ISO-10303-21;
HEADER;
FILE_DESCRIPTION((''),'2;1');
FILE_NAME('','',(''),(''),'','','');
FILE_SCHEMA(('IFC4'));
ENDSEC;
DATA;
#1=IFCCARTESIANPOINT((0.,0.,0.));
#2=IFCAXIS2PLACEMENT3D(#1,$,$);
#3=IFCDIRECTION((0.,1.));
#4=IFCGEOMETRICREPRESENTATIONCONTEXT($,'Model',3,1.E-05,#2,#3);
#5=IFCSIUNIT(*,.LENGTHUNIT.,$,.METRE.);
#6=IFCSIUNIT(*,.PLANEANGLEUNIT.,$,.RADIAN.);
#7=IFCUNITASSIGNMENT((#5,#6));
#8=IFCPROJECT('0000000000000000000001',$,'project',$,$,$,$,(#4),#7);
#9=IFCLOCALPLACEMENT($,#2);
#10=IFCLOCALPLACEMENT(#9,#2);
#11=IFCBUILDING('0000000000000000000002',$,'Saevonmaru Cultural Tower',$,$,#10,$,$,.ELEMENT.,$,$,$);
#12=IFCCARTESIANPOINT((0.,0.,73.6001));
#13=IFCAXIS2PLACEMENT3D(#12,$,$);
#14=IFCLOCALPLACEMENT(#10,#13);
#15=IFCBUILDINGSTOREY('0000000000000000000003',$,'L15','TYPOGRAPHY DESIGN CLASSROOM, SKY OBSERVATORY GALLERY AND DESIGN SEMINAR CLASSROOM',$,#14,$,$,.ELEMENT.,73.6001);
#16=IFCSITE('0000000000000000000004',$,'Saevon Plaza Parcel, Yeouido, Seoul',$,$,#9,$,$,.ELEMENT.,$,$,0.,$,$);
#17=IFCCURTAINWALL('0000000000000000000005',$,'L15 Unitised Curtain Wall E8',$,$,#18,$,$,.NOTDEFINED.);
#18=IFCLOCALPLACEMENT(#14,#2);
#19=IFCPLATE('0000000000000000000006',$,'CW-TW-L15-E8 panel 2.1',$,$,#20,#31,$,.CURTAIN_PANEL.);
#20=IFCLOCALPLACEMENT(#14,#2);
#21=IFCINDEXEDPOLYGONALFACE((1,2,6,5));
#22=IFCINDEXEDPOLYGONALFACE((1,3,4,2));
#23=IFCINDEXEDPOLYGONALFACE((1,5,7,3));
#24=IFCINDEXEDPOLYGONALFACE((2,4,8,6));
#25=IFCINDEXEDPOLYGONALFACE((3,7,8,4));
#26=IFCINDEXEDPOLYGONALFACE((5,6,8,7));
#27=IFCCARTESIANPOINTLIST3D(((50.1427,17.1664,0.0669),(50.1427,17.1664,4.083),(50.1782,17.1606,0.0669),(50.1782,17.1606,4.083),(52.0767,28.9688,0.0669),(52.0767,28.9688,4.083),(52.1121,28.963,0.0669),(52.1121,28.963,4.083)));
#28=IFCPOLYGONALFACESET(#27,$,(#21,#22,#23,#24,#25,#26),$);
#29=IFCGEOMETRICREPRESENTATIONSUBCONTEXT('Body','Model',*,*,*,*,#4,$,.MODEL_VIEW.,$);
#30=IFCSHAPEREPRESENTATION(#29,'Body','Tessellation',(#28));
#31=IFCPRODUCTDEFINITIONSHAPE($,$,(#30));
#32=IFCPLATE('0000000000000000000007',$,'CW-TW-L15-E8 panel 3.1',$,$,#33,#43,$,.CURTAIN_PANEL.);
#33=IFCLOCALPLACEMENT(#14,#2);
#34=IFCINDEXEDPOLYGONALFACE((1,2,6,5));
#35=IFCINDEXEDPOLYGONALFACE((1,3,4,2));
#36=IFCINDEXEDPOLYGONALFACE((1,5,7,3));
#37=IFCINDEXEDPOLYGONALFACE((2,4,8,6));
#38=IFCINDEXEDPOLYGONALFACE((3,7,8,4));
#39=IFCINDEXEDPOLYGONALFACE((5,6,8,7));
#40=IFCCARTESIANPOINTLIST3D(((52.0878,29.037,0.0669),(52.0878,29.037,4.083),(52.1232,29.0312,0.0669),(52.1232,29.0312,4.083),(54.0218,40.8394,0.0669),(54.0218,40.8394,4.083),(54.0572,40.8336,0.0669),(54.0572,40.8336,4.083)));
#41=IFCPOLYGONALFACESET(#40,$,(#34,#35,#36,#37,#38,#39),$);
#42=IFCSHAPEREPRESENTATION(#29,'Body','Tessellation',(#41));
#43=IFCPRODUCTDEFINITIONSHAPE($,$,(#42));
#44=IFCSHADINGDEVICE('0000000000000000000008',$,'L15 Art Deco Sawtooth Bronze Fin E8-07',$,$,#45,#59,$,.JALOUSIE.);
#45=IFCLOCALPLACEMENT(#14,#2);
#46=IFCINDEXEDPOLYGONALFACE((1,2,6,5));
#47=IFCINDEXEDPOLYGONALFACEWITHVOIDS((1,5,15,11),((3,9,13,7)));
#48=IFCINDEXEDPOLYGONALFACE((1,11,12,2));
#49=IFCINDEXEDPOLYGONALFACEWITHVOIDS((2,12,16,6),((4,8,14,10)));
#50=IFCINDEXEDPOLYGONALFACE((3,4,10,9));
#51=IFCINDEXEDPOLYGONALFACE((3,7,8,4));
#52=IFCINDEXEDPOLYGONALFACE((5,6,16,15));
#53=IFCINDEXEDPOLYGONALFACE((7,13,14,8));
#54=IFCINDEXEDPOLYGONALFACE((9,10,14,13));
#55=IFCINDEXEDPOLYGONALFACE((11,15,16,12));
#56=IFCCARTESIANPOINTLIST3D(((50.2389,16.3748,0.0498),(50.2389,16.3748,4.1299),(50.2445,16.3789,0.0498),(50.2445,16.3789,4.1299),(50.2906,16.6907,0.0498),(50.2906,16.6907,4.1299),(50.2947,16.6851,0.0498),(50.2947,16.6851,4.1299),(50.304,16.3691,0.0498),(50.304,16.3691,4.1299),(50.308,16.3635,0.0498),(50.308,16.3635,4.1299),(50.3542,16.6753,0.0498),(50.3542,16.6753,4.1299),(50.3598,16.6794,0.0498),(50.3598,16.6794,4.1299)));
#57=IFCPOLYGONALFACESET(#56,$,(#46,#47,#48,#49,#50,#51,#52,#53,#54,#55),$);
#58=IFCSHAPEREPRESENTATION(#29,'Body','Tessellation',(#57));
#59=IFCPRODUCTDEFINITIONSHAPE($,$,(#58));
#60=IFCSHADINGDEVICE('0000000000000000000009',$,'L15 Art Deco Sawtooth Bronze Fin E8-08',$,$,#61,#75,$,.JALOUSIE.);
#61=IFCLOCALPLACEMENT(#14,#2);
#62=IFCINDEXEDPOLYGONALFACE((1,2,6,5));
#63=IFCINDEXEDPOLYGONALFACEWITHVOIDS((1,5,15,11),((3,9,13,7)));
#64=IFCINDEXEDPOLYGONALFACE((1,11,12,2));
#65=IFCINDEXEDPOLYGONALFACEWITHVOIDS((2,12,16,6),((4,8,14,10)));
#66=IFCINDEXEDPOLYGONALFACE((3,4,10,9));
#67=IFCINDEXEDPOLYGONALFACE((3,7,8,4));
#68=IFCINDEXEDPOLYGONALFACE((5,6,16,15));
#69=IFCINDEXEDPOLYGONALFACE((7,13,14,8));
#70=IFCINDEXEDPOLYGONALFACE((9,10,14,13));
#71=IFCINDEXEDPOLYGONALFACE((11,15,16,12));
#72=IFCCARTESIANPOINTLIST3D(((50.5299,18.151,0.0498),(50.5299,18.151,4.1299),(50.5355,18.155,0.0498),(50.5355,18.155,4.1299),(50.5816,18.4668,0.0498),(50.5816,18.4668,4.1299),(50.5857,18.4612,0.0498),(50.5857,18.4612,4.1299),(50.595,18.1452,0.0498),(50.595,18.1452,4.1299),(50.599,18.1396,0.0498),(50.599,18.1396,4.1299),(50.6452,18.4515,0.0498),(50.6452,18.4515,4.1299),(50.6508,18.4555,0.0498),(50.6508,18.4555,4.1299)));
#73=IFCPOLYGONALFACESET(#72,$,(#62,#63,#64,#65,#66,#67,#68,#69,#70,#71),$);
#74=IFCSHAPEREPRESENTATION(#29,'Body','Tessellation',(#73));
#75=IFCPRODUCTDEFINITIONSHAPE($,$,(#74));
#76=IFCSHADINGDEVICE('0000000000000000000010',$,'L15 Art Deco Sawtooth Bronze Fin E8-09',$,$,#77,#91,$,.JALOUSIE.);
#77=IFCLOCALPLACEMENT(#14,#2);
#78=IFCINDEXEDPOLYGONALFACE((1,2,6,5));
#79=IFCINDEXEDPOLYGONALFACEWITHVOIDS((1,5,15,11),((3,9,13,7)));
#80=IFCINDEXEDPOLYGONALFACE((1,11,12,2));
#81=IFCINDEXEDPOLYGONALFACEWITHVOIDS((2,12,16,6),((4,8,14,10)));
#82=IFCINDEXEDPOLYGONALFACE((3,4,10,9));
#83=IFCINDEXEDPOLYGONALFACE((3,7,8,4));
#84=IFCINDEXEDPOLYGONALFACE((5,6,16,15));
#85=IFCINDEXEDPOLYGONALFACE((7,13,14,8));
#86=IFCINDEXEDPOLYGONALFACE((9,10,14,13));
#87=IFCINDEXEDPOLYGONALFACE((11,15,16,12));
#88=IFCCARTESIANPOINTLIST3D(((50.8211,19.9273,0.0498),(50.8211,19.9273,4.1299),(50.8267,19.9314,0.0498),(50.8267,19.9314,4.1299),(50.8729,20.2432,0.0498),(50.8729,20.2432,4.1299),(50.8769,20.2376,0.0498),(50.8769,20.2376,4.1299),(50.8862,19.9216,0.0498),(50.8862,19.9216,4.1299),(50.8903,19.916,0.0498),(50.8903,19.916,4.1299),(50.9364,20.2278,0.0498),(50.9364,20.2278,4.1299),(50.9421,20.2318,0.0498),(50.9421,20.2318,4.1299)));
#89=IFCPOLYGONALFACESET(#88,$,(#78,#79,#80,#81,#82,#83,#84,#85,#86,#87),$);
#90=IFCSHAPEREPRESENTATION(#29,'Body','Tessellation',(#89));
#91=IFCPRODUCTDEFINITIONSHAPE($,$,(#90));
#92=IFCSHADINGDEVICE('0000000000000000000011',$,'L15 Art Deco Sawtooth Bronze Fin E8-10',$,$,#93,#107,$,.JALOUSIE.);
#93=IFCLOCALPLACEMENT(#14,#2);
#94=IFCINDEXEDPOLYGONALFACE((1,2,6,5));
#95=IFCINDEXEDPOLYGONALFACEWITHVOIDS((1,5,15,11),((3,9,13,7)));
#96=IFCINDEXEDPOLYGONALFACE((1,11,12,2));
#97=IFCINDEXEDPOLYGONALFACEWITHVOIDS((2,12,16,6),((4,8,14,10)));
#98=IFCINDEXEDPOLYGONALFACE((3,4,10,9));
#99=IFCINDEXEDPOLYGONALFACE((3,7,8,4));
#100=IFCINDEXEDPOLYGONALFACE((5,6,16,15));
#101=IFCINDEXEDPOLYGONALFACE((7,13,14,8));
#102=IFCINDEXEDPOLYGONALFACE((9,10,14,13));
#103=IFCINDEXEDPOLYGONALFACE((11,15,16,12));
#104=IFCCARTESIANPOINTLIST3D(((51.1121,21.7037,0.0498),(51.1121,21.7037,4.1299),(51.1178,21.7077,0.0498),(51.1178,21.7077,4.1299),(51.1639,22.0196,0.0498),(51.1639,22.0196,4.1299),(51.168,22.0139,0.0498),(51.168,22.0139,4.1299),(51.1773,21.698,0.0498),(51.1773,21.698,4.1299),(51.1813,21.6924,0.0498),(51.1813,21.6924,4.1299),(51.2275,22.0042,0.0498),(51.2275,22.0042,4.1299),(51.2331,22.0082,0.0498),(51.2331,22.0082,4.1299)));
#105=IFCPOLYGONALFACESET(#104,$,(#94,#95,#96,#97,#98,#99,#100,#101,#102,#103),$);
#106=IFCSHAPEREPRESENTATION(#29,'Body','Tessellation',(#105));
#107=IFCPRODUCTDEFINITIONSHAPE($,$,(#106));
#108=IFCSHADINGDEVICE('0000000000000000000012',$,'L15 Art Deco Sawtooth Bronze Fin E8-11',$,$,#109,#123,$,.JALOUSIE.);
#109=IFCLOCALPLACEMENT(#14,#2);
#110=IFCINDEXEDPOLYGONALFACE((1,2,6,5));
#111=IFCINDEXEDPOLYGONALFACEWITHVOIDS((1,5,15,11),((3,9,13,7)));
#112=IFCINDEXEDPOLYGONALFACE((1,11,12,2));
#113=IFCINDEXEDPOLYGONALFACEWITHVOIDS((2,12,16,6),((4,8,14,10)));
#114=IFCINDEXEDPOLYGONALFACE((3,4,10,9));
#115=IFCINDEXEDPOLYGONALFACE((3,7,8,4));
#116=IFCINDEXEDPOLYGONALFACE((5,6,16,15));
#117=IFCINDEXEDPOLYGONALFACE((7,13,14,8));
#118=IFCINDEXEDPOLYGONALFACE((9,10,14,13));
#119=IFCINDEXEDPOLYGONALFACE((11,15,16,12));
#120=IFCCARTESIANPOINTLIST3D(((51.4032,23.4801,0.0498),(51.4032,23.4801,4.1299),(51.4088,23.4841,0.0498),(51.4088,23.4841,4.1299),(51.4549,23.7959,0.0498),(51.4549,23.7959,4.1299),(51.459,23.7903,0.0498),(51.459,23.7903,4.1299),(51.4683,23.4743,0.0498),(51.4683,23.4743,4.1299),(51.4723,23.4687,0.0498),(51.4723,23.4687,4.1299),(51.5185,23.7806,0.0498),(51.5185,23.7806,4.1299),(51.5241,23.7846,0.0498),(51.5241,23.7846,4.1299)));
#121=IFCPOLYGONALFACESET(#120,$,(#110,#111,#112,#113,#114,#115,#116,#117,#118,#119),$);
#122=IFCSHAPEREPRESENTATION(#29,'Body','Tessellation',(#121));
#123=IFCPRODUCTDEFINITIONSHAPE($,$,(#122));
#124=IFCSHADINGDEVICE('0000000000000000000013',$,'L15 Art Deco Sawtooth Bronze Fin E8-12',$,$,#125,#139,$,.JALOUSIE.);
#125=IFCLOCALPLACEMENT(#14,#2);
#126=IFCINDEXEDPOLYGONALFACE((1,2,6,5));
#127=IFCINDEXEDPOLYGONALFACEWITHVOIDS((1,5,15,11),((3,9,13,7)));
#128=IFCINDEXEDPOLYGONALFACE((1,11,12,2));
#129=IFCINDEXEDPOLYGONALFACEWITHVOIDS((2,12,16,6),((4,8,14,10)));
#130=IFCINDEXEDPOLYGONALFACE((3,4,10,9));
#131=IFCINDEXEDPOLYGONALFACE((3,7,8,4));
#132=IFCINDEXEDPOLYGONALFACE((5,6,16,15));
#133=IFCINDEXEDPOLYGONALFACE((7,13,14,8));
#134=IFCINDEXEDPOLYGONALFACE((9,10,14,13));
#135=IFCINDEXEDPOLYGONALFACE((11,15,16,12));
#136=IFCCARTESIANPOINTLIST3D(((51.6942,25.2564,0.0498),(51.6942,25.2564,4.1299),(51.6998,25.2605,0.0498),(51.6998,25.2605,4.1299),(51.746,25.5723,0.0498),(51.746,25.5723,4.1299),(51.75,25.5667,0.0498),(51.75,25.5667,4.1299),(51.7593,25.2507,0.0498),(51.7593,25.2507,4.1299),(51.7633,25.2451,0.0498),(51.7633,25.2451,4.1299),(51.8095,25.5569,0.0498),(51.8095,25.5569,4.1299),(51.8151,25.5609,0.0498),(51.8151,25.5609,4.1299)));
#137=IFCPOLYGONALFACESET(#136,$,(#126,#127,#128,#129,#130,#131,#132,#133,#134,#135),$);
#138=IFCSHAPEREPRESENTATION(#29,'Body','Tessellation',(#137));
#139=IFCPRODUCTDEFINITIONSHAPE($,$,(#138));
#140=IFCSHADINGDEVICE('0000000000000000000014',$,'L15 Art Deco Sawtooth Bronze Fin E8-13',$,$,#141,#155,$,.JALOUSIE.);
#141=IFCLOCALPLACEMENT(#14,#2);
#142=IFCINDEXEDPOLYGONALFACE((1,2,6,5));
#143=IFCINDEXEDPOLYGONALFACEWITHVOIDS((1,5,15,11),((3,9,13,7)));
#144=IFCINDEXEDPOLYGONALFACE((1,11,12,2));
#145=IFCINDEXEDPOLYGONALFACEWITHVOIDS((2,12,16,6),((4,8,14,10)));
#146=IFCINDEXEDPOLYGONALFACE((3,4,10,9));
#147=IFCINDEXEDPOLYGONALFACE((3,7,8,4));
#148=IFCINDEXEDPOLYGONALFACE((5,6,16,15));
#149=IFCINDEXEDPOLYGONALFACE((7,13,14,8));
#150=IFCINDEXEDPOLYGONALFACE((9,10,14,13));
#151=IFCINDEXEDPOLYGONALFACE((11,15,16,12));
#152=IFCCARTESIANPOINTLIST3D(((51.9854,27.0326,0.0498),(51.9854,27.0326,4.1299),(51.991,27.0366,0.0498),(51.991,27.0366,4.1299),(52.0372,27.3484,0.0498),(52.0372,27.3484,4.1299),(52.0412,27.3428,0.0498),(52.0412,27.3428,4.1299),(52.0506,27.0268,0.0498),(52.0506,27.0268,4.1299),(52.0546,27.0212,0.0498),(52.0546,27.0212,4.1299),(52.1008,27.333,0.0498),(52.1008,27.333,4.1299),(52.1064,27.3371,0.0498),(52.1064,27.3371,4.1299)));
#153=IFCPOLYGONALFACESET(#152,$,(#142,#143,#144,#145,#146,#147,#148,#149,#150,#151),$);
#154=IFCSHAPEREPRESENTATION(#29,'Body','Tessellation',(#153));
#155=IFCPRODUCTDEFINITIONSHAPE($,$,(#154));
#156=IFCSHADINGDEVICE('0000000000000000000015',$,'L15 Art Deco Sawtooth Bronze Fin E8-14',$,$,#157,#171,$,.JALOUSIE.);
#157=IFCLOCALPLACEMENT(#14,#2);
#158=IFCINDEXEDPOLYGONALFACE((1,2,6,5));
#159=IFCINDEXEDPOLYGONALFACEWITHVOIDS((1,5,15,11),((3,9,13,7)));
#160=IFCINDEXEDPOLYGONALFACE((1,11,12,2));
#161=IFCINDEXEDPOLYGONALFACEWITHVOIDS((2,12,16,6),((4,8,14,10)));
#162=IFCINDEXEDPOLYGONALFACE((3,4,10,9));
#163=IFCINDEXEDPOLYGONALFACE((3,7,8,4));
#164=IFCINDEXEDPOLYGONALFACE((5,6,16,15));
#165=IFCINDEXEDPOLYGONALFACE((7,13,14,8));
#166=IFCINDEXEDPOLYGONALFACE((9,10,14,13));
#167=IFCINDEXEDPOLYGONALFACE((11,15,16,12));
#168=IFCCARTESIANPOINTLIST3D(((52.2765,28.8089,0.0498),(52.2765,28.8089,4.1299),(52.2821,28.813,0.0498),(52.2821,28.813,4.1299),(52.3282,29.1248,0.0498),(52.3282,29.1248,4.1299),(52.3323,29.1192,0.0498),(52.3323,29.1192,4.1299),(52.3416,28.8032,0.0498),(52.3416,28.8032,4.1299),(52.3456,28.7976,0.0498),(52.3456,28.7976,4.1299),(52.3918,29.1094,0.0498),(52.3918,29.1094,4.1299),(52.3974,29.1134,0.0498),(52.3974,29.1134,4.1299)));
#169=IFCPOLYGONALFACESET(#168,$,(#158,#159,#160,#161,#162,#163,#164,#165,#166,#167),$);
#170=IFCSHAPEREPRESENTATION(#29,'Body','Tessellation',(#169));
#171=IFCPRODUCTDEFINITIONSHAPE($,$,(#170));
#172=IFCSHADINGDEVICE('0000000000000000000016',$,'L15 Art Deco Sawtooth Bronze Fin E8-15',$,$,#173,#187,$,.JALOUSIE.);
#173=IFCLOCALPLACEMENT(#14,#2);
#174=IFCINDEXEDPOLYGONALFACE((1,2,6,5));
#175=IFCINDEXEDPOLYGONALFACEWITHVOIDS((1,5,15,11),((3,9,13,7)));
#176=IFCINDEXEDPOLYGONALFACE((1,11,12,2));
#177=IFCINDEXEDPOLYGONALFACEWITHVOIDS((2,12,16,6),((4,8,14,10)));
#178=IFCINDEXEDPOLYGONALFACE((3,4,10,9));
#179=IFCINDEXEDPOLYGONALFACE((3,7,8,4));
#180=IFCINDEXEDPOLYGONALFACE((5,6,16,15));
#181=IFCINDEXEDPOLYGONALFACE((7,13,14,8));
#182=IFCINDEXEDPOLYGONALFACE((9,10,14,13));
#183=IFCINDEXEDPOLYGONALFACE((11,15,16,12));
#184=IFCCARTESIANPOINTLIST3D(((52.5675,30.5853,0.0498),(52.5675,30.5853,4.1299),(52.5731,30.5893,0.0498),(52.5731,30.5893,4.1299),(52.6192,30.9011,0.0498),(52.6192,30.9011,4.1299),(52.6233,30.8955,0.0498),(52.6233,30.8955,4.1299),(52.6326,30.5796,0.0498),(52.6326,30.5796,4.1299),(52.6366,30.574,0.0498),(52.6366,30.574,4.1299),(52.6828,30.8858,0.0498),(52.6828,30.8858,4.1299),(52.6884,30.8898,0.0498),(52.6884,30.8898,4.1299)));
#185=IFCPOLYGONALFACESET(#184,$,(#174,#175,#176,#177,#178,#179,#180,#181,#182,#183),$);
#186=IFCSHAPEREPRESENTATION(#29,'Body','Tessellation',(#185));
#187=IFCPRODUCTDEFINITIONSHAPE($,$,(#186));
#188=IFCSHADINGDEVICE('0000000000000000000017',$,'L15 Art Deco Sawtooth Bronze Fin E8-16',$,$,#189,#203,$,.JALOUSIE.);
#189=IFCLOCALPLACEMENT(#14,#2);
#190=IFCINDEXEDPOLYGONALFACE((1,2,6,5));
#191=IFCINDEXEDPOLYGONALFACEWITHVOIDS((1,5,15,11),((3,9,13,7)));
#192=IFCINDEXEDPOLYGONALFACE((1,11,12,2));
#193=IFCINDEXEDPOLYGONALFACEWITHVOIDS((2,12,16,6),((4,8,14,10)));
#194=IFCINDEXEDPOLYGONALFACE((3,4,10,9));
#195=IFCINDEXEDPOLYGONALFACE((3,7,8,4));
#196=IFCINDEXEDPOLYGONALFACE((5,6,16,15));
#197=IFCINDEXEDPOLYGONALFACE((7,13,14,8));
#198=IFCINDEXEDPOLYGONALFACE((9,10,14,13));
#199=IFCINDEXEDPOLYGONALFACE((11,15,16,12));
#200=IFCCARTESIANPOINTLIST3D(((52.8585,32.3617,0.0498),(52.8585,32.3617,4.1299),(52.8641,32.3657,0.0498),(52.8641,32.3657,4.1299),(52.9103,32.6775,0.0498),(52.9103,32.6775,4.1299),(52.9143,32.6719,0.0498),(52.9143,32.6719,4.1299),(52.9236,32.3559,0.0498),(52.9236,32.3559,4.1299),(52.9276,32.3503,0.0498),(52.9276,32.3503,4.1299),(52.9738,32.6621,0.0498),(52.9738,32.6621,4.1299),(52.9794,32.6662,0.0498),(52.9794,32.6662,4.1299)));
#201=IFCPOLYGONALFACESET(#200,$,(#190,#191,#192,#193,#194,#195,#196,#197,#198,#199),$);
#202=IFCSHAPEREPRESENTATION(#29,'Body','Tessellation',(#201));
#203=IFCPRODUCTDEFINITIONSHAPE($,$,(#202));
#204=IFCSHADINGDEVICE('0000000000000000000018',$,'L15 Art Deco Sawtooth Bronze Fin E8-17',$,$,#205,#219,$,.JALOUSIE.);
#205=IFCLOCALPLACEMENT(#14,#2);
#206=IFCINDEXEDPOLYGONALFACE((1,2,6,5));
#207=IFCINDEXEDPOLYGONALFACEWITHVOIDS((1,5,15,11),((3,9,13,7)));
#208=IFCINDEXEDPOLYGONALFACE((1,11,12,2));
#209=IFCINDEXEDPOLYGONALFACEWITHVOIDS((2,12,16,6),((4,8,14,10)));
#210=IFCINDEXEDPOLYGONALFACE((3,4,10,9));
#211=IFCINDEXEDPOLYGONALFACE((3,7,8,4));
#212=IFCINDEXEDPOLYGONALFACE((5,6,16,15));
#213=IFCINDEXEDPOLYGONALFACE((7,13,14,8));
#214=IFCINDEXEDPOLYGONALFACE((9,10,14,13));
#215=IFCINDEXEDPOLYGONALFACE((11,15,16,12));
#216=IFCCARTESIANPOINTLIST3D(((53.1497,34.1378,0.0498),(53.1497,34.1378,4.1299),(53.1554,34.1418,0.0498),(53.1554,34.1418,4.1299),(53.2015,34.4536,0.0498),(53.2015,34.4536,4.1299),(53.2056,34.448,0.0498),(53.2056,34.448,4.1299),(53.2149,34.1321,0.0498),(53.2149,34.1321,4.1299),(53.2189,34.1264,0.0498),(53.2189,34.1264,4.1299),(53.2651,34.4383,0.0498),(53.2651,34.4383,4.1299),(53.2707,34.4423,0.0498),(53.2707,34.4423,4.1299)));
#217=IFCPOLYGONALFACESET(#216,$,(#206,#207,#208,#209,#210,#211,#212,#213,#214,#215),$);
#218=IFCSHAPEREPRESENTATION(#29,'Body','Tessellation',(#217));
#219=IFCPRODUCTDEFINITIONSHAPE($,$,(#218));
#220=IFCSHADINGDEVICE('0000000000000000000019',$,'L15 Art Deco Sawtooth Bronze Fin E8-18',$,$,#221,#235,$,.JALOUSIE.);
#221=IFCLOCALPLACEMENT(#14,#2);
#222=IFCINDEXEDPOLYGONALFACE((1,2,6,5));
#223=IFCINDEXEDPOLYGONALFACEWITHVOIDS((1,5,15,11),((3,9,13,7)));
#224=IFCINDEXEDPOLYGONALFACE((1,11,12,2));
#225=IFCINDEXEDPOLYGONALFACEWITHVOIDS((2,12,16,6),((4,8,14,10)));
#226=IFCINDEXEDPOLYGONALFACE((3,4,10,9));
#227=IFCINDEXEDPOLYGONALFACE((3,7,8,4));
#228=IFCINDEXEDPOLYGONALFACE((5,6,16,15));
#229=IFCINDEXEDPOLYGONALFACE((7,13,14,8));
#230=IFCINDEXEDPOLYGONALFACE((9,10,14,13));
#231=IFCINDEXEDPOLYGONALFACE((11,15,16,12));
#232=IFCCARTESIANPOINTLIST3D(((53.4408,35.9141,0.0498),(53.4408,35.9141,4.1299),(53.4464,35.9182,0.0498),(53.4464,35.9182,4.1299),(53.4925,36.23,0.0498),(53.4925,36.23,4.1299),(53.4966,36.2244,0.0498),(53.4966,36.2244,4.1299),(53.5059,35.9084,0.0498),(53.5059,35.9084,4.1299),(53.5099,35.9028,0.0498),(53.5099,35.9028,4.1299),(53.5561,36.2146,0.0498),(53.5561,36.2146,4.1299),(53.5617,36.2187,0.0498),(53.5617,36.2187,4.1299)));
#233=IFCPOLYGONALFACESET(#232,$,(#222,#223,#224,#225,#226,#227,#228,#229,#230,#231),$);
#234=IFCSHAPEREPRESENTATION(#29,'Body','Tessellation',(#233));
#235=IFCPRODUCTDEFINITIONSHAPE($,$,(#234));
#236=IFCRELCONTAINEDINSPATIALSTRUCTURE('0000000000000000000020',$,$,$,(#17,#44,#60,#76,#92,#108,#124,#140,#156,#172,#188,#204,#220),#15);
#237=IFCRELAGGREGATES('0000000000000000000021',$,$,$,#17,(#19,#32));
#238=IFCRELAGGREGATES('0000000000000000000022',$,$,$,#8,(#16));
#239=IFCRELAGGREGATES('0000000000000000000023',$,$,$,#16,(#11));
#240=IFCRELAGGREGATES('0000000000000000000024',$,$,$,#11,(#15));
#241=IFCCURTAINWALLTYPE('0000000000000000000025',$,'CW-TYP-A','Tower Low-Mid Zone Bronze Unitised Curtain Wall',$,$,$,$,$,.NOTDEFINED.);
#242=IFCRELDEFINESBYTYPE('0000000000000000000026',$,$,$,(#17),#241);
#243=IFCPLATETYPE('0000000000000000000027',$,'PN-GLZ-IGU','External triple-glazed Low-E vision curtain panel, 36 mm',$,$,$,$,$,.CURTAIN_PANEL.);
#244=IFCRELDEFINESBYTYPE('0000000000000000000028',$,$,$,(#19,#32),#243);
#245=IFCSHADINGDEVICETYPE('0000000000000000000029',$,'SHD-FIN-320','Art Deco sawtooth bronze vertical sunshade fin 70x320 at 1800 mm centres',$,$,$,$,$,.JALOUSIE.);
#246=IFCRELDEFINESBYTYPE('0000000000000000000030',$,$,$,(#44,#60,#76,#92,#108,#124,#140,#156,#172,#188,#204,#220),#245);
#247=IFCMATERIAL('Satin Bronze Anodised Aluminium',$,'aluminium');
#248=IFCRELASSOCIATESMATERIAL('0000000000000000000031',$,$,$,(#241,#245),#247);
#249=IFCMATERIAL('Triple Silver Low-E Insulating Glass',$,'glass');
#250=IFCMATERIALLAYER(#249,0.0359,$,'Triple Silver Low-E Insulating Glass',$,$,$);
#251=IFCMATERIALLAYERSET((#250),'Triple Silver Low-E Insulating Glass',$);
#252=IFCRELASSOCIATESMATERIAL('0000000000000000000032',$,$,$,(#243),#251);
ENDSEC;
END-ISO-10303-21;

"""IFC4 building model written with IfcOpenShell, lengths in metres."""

from ifc_helpers import new_model, si_unit, direction, frame, origin, origin_2d, place, context, subcontext, project, spatial, rectangle, hollow_rectangle, extrude, material, layer, layer_set, material_profile, profile_set, type_object, element, aggregate, save


model = new_model("IFC4")

# Units and contexts
model_context = context("Model", 3, precision=1e-05, world=origin(), true_north=direction((0.0, 1.0)))
body_context = subcontext(model_context, "Body", "Model", "MODEL_VIEW")
ifc_project = project(units=[si_unit("LENGTHUNIT", "METRE"), si_unit("PLANEANGLEUNIT", "RADIAN")], contexts=[model_context])

# Site, building, storey
site_placement = place(None, origin())
site = spatial("IfcSite", under=ifc_project, at=site_placement, Name="Saevon Plaza Parcel, Yeouido, Seoul", CompositionType="ELEMENT", RefElevation=0.0)
building_placement = place(site_placement, origin())
building = spatial("IfcBuilding", under=site, at=building_placement, Name="Saevonmaru Cultural Tower", CompositionType="ELEMENT")
storey_placement = place(building_placement, frame((0.0, 0.0, 73.6001)))
storey = spatial("IfcBuildingStorey", under=building, at=storey_placement, Name="L15", Description="TYPOGRAPHY DESIGN CLASSROOM, SKY OBSERVATORY GALLERY AND DESIGN SEMINAR CLASSROOM", CompositionType="ELEMENT", Elevation=73.6001)

# Curtain wall, plates
ifc_material_1 = material(Name="Satin Bronze Anodised Aluminium", Category="aluminium")
curtain_wall_type = type_object("IfcCurtainWallType", Name="CW-TYP-A", Description="Tower Low-Mid Zone Bronze Unitised Curtain Wall", PredefinedType="NOTDEFINED", material=ifc_material_1)
curtain_wall_placement = place(storey_placement, origin())
curtain_wall = element("IfcCurtainWall", 1, at=curtain_wall_placement, inside=storey, type_object=curtain_wall_type, Name="L15 Unitised Curtain Wall E8", PredefinedType="NOTDEFINED")
ifc_material_2 = material(Name="Triple Silver Low-E Insulating Glass", Category="glass")
ifc_layer_1 = layer(ifc_material_2, 0.0359, Name="Triple Silver Low-E Insulating Glass")
ifc_layer_set_1 = layer_set([ifc_layer_1], Name="Triple Silver Low-E Insulating Glass")
plate_type = type_object("IfcPlateType", Name="PN-GLZ-IGU", Description="External triple-glazed Low-E vision curtain panel, 36 mm", PredefinedType="CURTAIN_PANEL", material=ifc_layer_set_1)
plate_1_placement = place(storey_placement, frame((51.1274, 23.0647, 0.0669), z_axis=(0.0, 0.0, 1.0), x_axis=(0.161709, 0.986839, 0.0)))
plate_1 = element("IfcPlate", 2, at=plate_1_placement, type_object=plate_type, Name="CW-TW-L15-E8 panel 2.1", PredefinedType="CURTAIN_PANEL", context=body_context, shape_type="SweptSolid", body=[
    extrude(rectangle(XDim=11.9597, YDim=0.0359, at=origin_2d()), origin(), (0.0, 0.0, 1.0), 4.0161),
])
plate_2_placement = place(storey_placement, frame((53.0725, 34.9353, 0.0669), z_axis=(0.0, 0.0, 1.0), x_axis=(0.161709, 0.986839, 0.0)))
plate_2 = element("IfcPlate", 3, at=plate_2_placement, type_object=plate_type, Name="CW-TW-L15-E8 panel 3.1", PredefinedType="CURTAIN_PANEL", context=body_context, shape_type="SweptSolid", body=[
    extrude(rectangle(XDim=11.9597, YDim=0.0359, at=origin_2d()), origin(), (0.0, 0.0, 1.0), 4.0161),
])
aggregate(curtain_wall, [plate_1, plate_2])

# Shading devices
ifc_material_profile_1 = material_profile(ifc_material_1, hollow_rectangle(XDim=0.0701, YDim=0.3201, WallThickness=0.0049, at=origin_2d()), Name="FIN-320x70")
ifc_profile_set_1 = profile_set([ifc_material_profile_1], Name="Satin Bronze Anodised Aluminium")
shading_device_type = type_object("IfcShadingDeviceType", Name="SHD-FIN-320", Description="Art Deco sawtooth bronze vertical sunshade fin 70x320 at 1800 mm centres", PredefinedType="JALOUSIE", material=ifc_profile_set_1)
for number, where, z_axis, x_axis, name in (
    (4, (50.2993, 16.5271, 0.0498), (0.0, 0.0, 1.0), (0.986827, -0.161776, 0.0), "L15 Art Deco Sawtooth Bronze Fin E8-07"),
    (5, (50.5903, 18.3032, 0.0498), (0.0, 0.0, 1.0), (0.986827, -0.161776, 0.0), "L15 Art Deco Sawtooth Bronze Fin E8-08"),
    (6, (50.8816, 20.0796, 0.0498), (0.0, 0.0, 1.0), (0.986827, -0.161776, 0.0), "L15 Art Deco Sawtooth Bronze Fin E8-09"),
    (7, (51.1726, 21.856, 0.0498), (0.0, 0.0, 1.0), (0.986827, -0.161776, 0.0), "L15 Art Deco Sawtooth Bronze Fin E8-10"),
    (8, (51.4636, 23.6323, 0.0498), (0.0, 0.0, 1.0), (0.986827, -0.161776, 0.0), "L15 Art Deco Sawtooth Bronze Fin E8-11"),
    (9, (51.7546, 25.4087, 0.0498), (0.0, 0.0, 1.0), (0.986827, -0.161776, 0.0), "L15 Art Deco Sawtooth Bronze Fin E8-12"),
    (10, (52.0459, 27.1848, 0.0498), (0.0, 0.0, 1.0), (0.986827, -0.161776, 0.0), "L15 Art Deco Sawtooth Bronze Fin E8-13"),
    (11, (52.3369, 28.9612, 0.0498), (0.0, 0.0, 1.0), (0.986827, -0.161776, 0.0), "L15 Art Deco Sawtooth Bronze Fin E8-14"),
    (12, (52.6279, 30.7375, 0.0498), (0.0, 0.0, 1.0), (0.986827, -0.161776, 0.0), "L15 Art Deco Sawtooth Bronze Fin E8-15"),
    (13, (52.9189, 32.5139, 0.0498), (0.0, 0.0, 1.0), (0.986827, -0.161776, 0.0), "L15 Art Deco Sawtooth Bronze Fin E8-16"),
    (14, (53.2102, 34.29, 0.0498), (0.0, 0.0, 1.0), (0.986827, -0.161776, 0.0), "L15 Art Deco Sawtooth Bronze Fin E8-17"),
    (15, (53.5012, 36.0664, 0.0498), (0.0, 0.0, 1.0), (0.986827, -0.161776, 0.0), "L15 Art Deco Sawtooth Bronze Fin E8-18"),
):
    element("IfcShadingDevice", number, at=place(storey_placement, frame(where, z_axis=z_axis, x_axis=x_axis)), inside=storey, type_object=shading_device_type, Name=name, PredefinedType="JALOUSIE", context=body_context, shape_type="SweptSolid", body=[
        extrude(hollow_rectangle(XDim=0.0701, YDim=0.3201, WallThickness=0.0049, at=origin_2d()), origin(), (0.0, 0.0, 1.0), 4.0801),
    ])

save(model, "model.ifc")
